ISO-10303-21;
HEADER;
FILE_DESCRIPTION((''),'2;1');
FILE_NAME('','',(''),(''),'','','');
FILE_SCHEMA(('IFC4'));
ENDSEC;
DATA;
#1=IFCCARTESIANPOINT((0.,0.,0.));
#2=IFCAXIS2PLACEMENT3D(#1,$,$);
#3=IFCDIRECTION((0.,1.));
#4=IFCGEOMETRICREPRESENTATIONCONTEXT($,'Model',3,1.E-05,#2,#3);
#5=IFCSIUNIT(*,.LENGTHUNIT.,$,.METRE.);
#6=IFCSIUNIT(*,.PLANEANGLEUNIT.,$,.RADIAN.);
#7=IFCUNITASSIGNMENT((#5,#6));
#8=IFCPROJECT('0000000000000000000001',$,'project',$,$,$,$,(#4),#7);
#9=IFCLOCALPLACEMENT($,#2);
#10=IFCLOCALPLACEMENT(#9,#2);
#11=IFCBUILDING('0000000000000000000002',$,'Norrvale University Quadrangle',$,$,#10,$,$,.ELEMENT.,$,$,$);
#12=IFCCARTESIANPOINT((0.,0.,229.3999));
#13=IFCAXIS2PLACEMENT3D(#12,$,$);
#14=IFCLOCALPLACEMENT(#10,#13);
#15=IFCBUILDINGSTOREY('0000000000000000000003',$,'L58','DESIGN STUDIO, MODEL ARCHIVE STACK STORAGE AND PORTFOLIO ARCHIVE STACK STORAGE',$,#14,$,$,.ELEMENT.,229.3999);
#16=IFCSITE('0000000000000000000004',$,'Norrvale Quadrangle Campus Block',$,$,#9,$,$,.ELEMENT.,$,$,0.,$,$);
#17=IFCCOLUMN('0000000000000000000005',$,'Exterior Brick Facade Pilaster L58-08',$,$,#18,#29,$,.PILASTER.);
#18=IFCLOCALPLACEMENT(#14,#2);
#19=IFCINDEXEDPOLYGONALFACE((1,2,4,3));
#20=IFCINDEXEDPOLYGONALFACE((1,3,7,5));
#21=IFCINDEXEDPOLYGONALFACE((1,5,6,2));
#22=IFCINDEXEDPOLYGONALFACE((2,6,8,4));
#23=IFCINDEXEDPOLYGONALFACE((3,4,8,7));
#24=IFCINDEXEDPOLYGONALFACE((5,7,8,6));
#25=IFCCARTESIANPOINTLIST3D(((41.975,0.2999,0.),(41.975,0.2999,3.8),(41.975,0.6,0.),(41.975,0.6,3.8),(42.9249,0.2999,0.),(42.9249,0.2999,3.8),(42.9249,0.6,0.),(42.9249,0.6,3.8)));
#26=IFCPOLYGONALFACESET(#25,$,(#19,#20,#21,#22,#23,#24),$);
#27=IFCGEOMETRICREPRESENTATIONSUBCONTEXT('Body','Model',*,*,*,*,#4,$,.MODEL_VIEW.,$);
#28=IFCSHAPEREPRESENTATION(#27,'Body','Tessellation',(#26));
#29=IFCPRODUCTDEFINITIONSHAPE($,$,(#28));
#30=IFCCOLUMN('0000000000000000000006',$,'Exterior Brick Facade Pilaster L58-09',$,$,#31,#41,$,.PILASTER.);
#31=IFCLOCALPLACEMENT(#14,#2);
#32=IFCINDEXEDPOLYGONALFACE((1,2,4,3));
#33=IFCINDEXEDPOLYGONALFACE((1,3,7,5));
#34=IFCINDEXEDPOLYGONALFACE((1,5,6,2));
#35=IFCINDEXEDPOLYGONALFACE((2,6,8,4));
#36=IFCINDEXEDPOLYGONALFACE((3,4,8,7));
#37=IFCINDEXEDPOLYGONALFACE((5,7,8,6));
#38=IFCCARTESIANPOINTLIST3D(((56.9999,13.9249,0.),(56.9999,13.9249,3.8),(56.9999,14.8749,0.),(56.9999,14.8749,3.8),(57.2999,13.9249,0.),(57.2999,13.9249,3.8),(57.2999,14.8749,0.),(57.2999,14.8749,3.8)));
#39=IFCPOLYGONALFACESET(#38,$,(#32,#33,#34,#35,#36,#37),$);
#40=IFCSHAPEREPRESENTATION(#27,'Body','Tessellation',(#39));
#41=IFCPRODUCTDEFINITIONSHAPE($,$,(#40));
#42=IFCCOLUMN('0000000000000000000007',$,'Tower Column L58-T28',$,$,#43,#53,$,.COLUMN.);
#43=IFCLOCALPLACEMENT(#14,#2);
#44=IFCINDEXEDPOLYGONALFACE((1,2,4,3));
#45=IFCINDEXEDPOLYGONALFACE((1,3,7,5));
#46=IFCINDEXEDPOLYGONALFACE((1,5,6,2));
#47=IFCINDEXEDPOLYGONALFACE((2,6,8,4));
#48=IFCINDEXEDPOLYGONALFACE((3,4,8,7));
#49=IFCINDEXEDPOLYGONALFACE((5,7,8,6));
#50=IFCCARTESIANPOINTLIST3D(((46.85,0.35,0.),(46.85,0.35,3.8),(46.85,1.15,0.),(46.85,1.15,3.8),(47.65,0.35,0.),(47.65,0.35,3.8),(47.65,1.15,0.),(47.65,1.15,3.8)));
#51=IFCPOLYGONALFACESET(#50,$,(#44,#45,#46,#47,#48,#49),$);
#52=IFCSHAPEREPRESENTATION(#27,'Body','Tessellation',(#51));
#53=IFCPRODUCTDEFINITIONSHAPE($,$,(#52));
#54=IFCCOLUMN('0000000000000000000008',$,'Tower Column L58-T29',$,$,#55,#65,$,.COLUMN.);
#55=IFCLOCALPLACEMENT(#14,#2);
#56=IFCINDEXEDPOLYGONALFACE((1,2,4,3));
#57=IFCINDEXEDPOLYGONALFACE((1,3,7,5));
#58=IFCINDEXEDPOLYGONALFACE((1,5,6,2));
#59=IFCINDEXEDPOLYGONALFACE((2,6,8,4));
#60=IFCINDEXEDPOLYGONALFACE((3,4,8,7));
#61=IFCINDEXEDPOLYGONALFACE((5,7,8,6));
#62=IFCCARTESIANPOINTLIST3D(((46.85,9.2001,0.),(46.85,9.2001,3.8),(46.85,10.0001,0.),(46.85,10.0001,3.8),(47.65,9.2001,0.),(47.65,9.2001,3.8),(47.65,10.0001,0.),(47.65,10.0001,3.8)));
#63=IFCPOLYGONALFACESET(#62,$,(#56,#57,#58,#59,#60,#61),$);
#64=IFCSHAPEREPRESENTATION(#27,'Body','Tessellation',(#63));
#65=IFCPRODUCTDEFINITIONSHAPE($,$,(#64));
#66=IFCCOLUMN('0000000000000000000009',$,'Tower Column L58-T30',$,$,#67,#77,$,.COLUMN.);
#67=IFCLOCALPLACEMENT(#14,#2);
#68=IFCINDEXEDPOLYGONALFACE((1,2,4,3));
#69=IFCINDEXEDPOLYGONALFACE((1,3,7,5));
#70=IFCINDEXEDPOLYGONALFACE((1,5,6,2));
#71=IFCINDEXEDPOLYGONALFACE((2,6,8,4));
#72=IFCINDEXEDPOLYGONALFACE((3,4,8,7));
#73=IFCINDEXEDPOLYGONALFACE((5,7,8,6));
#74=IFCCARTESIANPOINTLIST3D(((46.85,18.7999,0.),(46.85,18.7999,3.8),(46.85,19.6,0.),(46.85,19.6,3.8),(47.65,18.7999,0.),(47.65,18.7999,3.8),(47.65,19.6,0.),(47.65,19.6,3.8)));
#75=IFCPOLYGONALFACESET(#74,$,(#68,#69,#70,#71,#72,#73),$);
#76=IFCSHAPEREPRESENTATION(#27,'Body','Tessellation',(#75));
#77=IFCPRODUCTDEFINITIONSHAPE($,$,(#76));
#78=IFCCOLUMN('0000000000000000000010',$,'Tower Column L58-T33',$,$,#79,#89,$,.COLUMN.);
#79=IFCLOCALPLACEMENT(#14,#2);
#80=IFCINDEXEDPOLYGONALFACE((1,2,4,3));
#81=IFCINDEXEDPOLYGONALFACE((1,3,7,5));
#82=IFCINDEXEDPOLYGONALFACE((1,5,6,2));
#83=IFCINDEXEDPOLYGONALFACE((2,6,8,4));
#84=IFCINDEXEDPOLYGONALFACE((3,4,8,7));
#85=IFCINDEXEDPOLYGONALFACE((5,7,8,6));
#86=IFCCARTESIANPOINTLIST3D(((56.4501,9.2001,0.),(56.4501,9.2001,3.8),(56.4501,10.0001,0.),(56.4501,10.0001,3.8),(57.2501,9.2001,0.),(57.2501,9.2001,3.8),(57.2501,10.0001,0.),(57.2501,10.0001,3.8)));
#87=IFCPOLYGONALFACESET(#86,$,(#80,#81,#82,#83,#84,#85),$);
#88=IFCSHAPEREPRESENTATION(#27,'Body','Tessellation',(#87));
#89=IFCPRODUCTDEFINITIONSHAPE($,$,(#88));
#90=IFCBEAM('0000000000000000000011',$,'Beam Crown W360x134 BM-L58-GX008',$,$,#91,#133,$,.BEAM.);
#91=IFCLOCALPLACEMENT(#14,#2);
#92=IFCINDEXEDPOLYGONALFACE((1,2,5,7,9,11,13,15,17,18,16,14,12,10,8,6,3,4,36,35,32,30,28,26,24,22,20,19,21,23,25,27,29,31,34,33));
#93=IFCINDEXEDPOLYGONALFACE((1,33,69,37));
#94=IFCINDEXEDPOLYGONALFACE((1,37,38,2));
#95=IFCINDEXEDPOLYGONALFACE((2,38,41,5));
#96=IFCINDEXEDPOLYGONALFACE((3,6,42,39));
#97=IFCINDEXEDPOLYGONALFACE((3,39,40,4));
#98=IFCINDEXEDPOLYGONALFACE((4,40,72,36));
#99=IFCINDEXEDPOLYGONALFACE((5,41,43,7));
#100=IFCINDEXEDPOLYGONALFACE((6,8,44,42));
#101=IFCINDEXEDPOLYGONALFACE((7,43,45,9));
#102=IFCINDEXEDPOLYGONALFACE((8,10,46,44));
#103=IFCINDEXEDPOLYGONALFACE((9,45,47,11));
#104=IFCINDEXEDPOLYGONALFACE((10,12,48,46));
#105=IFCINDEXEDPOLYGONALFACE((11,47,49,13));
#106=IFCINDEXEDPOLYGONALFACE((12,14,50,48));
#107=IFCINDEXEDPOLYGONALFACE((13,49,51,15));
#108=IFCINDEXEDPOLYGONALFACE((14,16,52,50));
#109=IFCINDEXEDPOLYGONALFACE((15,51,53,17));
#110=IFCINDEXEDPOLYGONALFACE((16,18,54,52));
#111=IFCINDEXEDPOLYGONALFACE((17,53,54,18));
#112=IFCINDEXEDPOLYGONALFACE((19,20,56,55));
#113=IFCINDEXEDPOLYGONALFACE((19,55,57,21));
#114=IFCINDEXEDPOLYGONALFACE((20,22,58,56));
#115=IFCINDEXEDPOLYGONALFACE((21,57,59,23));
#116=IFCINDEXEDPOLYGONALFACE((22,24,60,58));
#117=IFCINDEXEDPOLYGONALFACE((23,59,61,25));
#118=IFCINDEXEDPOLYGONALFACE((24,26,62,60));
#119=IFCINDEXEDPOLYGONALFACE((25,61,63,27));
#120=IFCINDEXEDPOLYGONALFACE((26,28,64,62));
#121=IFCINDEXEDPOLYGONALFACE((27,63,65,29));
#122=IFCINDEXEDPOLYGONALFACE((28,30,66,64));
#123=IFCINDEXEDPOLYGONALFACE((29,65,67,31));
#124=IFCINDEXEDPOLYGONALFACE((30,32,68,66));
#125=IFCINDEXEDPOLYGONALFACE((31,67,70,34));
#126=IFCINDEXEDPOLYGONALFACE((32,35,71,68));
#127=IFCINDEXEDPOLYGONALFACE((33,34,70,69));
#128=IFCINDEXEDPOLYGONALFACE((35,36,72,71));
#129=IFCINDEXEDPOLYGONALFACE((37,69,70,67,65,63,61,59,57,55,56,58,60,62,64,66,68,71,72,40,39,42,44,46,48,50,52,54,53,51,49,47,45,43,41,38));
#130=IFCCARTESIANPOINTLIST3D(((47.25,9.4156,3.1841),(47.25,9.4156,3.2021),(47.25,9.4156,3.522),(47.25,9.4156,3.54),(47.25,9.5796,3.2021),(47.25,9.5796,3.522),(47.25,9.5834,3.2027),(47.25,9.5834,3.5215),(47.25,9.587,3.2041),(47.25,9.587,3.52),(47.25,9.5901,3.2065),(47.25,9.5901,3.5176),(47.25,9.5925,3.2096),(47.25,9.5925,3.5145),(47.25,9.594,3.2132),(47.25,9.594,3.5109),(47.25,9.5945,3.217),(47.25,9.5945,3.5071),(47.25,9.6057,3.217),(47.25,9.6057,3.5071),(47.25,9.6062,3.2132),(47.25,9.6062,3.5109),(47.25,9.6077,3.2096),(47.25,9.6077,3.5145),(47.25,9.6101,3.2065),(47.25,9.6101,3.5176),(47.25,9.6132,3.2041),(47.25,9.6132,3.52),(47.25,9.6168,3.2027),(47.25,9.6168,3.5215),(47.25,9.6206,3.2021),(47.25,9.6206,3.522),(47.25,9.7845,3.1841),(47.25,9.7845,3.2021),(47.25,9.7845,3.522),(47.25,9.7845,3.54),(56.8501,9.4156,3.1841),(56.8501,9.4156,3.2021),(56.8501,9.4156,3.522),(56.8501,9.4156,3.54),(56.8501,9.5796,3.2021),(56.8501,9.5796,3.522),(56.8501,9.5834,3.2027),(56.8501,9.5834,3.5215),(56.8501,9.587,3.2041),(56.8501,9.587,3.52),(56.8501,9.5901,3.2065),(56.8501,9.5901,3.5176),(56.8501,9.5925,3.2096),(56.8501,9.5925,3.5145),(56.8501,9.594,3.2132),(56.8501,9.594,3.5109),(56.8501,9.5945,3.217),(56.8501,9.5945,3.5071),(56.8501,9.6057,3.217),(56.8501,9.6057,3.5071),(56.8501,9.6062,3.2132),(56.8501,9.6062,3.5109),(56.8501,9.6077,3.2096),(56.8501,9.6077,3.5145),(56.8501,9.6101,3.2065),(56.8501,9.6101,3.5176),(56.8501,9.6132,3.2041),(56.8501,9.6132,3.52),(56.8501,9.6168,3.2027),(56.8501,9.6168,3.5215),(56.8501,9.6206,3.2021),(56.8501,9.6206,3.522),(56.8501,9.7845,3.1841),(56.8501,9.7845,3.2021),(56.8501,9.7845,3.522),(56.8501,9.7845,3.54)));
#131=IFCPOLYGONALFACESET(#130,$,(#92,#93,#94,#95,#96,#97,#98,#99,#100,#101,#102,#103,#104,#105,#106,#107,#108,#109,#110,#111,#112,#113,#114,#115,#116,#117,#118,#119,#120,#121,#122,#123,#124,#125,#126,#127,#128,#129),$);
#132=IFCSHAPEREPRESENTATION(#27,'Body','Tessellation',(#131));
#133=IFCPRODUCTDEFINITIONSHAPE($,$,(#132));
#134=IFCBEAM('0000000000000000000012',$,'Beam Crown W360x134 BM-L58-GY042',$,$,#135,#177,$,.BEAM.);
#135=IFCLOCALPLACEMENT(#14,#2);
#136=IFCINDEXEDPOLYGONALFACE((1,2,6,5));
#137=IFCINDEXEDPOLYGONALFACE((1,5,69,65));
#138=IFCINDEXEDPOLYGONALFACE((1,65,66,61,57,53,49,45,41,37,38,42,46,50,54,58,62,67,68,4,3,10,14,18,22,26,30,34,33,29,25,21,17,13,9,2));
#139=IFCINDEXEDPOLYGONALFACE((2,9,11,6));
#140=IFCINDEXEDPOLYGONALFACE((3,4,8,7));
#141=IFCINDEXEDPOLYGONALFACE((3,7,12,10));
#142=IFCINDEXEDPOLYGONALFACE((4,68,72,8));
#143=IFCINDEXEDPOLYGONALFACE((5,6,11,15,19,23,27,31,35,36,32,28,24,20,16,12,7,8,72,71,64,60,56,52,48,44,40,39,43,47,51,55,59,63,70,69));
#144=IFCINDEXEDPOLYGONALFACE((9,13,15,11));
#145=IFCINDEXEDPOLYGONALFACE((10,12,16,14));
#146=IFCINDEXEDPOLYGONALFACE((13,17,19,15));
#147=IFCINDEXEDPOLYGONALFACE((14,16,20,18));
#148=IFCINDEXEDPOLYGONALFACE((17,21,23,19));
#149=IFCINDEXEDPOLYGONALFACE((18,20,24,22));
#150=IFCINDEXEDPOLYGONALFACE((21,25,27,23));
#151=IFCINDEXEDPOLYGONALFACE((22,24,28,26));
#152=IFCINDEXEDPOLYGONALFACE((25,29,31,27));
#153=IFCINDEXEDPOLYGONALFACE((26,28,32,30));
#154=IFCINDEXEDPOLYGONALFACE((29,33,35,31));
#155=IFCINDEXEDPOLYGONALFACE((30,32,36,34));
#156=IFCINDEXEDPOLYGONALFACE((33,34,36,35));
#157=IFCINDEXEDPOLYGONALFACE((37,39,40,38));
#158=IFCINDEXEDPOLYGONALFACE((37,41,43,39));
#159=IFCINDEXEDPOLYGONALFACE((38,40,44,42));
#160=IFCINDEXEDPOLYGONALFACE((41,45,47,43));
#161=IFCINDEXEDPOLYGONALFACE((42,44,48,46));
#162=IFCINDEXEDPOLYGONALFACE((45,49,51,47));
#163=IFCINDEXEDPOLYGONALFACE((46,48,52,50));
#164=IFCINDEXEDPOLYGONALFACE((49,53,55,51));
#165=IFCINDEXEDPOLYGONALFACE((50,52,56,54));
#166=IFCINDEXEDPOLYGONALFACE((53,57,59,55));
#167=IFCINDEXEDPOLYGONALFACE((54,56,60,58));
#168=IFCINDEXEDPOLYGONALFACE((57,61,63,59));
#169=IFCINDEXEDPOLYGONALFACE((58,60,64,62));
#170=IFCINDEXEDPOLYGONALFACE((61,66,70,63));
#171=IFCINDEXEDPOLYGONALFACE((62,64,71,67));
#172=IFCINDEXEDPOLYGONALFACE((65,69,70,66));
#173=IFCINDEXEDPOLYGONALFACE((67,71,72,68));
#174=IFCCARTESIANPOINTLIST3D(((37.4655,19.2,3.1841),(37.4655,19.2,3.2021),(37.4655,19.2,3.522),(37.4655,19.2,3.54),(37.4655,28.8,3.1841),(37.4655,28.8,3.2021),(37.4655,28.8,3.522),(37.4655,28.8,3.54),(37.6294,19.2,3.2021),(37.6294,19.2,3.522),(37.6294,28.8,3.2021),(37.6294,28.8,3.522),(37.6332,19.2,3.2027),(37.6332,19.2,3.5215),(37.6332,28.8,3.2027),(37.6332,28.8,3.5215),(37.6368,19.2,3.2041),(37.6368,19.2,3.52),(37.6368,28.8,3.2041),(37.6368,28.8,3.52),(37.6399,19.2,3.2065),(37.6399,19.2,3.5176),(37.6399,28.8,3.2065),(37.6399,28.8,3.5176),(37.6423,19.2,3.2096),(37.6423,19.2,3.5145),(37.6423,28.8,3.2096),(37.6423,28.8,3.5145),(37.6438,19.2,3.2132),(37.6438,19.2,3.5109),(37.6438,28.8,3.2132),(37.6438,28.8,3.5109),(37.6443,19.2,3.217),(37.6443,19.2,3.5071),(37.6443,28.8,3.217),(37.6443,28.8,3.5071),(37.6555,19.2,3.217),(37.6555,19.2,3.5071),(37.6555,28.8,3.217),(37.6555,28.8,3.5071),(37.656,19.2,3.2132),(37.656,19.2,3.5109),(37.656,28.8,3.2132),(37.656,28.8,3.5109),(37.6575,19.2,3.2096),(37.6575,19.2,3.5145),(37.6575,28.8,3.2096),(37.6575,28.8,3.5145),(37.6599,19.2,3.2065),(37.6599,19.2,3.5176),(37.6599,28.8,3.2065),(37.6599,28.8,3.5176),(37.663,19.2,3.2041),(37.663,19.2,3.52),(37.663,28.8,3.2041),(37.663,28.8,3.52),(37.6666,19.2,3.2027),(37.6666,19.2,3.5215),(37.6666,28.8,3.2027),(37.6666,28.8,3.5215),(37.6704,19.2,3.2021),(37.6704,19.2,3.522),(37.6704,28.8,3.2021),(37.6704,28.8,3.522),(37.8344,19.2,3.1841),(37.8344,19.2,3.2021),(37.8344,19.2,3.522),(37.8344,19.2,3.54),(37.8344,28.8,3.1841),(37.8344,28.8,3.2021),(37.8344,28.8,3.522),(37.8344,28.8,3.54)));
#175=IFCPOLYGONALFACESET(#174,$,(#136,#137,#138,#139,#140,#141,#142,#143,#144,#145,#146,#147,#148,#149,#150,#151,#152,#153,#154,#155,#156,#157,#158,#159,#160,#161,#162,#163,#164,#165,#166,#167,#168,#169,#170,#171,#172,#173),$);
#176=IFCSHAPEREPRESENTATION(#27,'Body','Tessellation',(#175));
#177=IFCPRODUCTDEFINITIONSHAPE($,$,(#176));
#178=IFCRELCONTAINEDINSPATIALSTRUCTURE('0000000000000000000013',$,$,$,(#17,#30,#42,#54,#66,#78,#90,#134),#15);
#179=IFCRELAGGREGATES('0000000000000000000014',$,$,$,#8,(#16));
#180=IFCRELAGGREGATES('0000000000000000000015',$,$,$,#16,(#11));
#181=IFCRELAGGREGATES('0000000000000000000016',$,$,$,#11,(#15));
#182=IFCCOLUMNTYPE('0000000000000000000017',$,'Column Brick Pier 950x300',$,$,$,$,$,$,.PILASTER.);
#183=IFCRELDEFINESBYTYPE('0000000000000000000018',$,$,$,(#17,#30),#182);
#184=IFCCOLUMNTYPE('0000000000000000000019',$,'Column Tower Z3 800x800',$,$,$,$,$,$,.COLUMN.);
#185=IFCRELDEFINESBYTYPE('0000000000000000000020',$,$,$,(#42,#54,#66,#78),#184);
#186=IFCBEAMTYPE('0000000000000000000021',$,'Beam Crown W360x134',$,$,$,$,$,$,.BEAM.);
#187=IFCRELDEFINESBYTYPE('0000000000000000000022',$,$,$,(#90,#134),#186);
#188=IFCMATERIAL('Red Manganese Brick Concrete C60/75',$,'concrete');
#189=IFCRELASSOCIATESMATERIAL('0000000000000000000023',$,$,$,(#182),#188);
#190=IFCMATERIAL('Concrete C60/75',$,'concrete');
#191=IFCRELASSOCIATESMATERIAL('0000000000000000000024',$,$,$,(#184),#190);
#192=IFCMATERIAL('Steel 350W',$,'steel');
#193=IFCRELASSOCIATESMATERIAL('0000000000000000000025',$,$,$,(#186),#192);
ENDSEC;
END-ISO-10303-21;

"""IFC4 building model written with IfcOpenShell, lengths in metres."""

from ifc_helpers import new_model, si_unit, direction, frame, origin, origin_2d, place, context, subcontext, project, spatial, rectangle, i_section, extrude, material, material_profile, profile_set, type_object, element, save


model = new_model("IFC4")

# Units and contexts
model_context = context("Model", 3, precision=1e-05, world=origin(), true_north=direction((0.0, 1.0)))
body_context = subcontext(model_context, "Body", "Model", "MODEL_VIEW")
ifc_project = project(units=[si_unit("LENGTHUNIT", "METRE"), si_unit("PLANEANGLEUNIT", "RADIAN")], contexts=[model_context])

# Site, building, storey
site_placement = place(None, origin())
site = spatial("IfcSite", under=ifc_project, at=site_placement, Name="Norrvale Quadrangle Campus Block", CompositionType="ELEMENT", RefElevation=0.0)
building_placement = place(site_placement, origin())
building = spatial("IfcBuilding", under=site, at=building_placement, Name="Norrvale University Quadrangle", CompositionType="ELEMENT")
storey_placement = place(building_placement, frame((0.0, 0.0, 229.3999)))
storey = spatial("IfcBuildingStorey", under=building, at=storey_placement, Name="L58", Description="DESIGN STUDIO, MODEL ARCHIVE STACK STORAGE AND PORTFOLIO ARCHIVE STACK STORAGE", CompositionType="ELEMENT", Elevation=229.3999)

# Columns
ifc_material_1 = material(Name="Red Manganese Brick Concrete C60/75", Category="concrete")
ifc_material_profile_1 = material_profile(ifc_material_1, rectangle(XDim=0.95, YDim=0.3, at=origin_2d()), Name="Red Manganese Brick Concrete C60/75")
ifc_profile_set_1 = profile_set([ifc_material_profile_1], Name="Red Manganese Brick Concrete C60/75")
column_type_1 = type_object("IfcColumnType", Name="Column Brick Pier 950x300", PredefinedType="PILASTER", material=ifc_profile_set_1)
for number, where, z_axis, x_axis, name in (
    (1, (42.45, 0.45, 0.0), (0.0, 0.0, 1.0), (1.0, 0.0, 0.0), "Exterior Brick Facade Pilaster L58-08"),
    (2, (57.1499, 14.3999, 0.0), (0.0, 0.0, 1.0), (0.0, 1.0, 0.0), "Exterior Brick Facade Pilaster L58-09"),
):
    element("IfcColumn", number, at=place(storey_placement, frame(where, z_axis=z_axis, x_axis=x_axis)), inside=storey, type_object=column_type_1, Name=name, PredefinedType="PILASTER", context=body_context, shape_type="SweptSolid", body=[
        extrude(rectangle(XDim=0.95, YDim=0.3, at=origin_2d()), origin(), (0.0, 0.0, 1.0), 3.8),
    ])
ifc_material_2 = material(Name="Concrete C60/75", Category="concrete")
ifc_material_profile_2 = material_profile(ifc_material_2, rectangle(XDim=0.8, YDim=0.8, at=origin_2d()), Name="Concrete C60/75")
ifc_profile_set_2 = profile_set([ifc_material_profile_2], Name="Concrete C60/75")
column_type_2 = type_object("IfcColumnType", Name="Column Tower Z3 800x800", PredefinedType="COLUMN", material=ifc_profile_set_2)
for number, where, z_axis, x_axis, name in (
    (3, (47.25, 0.75, 0.0), (0.0, 0.0, 1.0), (1.0, 0.0, 0.0), "Tower Column L58-T28"),
    (4, (47.25, 9.6001, 0.0), (0.0, 0.0, 1.0), (1.0, 0.0, 0.0), "Tower Column L58-T29"),
    (5, (47.25, 19.2, 0.0), (0.0, 0.0, 1.0), (1.0, 0.0, 0.0), "Tower Column L58-T30"),
    (6, (56.8501, 9.6001, 0.0), (0.0, 0.0, 1.0), (1.0, 0.0, 0.0), "Tower Column L58-T33"),
):
    element("IfcColumn", number, at=place(storey_placement, frame(where, z_axis=z_axis, x_axis=x_axis)), inside=storey, type_object=column_type_2, Name=name, PredefinedType="COLUMN", context=body_context, shape_type="SweptSolid", body=[
        extrude(rectangle(XDim=0.8, YDim=0.8, at=origin_2d()), origin(), (0.0, 0.0, 1.0), 3.8),
    ])

# Beams
ifc_material_3 = material(Name="Steel 350W", Category="steel")
ifc_material_profile_3 = material_profile(ifc_material_3, i_section(OverallWidth=0.3689, OverallDepth=0.356, WebThickness=0.0112, FlangeThickness=0.0181, FilletRadius=0.0149, at=origin_2d()), Name="Steel 350W")
ifc_profile_set_3 = profile_set([ifc_material_profile_3], Name="Steel 350W")
beam_type_1 = type_object("IfcBeamType", Name="Beam Crown W360x134", PredefinedType="BEAM", material=ifc_profile_set_3)
for number, where, z_axis, x_axis, name in (
    (7, (47.25, 9.6001, 3.3621), (1.0, 0.0, 0.0), (0.0, 1.0, 0.0), "Beam Crown W360x134 BM-L58-GX008"),
    (8, (37.6499, 19.2, 3.3621), (0.0, 1.0, 0.0), (-1.0, 0.0, 0.0), "Beam Crown W360x134 BM-L58-GY042"),
):
    element("IfcBeam", number, at=place(storey_placement, frame(where, z_axis=z_axis, x_axis=x_axis)), inside=storey, type_object=beam_type_1, Name=name, PredefinedType="BEAM", context=body_context, shape_type="SweptSolid", body=[
        extrude(i_section(OverallWidth=0.3689, OverallDepth=0.356, WebThickness=0.0112, FlangeThickness=0.0181, FilletRadius=0.0149, at=origin_2d()), origin(), (0.0, 0.0, 1.0), 9.6001),
    ])

save(model, "model.ifc")
